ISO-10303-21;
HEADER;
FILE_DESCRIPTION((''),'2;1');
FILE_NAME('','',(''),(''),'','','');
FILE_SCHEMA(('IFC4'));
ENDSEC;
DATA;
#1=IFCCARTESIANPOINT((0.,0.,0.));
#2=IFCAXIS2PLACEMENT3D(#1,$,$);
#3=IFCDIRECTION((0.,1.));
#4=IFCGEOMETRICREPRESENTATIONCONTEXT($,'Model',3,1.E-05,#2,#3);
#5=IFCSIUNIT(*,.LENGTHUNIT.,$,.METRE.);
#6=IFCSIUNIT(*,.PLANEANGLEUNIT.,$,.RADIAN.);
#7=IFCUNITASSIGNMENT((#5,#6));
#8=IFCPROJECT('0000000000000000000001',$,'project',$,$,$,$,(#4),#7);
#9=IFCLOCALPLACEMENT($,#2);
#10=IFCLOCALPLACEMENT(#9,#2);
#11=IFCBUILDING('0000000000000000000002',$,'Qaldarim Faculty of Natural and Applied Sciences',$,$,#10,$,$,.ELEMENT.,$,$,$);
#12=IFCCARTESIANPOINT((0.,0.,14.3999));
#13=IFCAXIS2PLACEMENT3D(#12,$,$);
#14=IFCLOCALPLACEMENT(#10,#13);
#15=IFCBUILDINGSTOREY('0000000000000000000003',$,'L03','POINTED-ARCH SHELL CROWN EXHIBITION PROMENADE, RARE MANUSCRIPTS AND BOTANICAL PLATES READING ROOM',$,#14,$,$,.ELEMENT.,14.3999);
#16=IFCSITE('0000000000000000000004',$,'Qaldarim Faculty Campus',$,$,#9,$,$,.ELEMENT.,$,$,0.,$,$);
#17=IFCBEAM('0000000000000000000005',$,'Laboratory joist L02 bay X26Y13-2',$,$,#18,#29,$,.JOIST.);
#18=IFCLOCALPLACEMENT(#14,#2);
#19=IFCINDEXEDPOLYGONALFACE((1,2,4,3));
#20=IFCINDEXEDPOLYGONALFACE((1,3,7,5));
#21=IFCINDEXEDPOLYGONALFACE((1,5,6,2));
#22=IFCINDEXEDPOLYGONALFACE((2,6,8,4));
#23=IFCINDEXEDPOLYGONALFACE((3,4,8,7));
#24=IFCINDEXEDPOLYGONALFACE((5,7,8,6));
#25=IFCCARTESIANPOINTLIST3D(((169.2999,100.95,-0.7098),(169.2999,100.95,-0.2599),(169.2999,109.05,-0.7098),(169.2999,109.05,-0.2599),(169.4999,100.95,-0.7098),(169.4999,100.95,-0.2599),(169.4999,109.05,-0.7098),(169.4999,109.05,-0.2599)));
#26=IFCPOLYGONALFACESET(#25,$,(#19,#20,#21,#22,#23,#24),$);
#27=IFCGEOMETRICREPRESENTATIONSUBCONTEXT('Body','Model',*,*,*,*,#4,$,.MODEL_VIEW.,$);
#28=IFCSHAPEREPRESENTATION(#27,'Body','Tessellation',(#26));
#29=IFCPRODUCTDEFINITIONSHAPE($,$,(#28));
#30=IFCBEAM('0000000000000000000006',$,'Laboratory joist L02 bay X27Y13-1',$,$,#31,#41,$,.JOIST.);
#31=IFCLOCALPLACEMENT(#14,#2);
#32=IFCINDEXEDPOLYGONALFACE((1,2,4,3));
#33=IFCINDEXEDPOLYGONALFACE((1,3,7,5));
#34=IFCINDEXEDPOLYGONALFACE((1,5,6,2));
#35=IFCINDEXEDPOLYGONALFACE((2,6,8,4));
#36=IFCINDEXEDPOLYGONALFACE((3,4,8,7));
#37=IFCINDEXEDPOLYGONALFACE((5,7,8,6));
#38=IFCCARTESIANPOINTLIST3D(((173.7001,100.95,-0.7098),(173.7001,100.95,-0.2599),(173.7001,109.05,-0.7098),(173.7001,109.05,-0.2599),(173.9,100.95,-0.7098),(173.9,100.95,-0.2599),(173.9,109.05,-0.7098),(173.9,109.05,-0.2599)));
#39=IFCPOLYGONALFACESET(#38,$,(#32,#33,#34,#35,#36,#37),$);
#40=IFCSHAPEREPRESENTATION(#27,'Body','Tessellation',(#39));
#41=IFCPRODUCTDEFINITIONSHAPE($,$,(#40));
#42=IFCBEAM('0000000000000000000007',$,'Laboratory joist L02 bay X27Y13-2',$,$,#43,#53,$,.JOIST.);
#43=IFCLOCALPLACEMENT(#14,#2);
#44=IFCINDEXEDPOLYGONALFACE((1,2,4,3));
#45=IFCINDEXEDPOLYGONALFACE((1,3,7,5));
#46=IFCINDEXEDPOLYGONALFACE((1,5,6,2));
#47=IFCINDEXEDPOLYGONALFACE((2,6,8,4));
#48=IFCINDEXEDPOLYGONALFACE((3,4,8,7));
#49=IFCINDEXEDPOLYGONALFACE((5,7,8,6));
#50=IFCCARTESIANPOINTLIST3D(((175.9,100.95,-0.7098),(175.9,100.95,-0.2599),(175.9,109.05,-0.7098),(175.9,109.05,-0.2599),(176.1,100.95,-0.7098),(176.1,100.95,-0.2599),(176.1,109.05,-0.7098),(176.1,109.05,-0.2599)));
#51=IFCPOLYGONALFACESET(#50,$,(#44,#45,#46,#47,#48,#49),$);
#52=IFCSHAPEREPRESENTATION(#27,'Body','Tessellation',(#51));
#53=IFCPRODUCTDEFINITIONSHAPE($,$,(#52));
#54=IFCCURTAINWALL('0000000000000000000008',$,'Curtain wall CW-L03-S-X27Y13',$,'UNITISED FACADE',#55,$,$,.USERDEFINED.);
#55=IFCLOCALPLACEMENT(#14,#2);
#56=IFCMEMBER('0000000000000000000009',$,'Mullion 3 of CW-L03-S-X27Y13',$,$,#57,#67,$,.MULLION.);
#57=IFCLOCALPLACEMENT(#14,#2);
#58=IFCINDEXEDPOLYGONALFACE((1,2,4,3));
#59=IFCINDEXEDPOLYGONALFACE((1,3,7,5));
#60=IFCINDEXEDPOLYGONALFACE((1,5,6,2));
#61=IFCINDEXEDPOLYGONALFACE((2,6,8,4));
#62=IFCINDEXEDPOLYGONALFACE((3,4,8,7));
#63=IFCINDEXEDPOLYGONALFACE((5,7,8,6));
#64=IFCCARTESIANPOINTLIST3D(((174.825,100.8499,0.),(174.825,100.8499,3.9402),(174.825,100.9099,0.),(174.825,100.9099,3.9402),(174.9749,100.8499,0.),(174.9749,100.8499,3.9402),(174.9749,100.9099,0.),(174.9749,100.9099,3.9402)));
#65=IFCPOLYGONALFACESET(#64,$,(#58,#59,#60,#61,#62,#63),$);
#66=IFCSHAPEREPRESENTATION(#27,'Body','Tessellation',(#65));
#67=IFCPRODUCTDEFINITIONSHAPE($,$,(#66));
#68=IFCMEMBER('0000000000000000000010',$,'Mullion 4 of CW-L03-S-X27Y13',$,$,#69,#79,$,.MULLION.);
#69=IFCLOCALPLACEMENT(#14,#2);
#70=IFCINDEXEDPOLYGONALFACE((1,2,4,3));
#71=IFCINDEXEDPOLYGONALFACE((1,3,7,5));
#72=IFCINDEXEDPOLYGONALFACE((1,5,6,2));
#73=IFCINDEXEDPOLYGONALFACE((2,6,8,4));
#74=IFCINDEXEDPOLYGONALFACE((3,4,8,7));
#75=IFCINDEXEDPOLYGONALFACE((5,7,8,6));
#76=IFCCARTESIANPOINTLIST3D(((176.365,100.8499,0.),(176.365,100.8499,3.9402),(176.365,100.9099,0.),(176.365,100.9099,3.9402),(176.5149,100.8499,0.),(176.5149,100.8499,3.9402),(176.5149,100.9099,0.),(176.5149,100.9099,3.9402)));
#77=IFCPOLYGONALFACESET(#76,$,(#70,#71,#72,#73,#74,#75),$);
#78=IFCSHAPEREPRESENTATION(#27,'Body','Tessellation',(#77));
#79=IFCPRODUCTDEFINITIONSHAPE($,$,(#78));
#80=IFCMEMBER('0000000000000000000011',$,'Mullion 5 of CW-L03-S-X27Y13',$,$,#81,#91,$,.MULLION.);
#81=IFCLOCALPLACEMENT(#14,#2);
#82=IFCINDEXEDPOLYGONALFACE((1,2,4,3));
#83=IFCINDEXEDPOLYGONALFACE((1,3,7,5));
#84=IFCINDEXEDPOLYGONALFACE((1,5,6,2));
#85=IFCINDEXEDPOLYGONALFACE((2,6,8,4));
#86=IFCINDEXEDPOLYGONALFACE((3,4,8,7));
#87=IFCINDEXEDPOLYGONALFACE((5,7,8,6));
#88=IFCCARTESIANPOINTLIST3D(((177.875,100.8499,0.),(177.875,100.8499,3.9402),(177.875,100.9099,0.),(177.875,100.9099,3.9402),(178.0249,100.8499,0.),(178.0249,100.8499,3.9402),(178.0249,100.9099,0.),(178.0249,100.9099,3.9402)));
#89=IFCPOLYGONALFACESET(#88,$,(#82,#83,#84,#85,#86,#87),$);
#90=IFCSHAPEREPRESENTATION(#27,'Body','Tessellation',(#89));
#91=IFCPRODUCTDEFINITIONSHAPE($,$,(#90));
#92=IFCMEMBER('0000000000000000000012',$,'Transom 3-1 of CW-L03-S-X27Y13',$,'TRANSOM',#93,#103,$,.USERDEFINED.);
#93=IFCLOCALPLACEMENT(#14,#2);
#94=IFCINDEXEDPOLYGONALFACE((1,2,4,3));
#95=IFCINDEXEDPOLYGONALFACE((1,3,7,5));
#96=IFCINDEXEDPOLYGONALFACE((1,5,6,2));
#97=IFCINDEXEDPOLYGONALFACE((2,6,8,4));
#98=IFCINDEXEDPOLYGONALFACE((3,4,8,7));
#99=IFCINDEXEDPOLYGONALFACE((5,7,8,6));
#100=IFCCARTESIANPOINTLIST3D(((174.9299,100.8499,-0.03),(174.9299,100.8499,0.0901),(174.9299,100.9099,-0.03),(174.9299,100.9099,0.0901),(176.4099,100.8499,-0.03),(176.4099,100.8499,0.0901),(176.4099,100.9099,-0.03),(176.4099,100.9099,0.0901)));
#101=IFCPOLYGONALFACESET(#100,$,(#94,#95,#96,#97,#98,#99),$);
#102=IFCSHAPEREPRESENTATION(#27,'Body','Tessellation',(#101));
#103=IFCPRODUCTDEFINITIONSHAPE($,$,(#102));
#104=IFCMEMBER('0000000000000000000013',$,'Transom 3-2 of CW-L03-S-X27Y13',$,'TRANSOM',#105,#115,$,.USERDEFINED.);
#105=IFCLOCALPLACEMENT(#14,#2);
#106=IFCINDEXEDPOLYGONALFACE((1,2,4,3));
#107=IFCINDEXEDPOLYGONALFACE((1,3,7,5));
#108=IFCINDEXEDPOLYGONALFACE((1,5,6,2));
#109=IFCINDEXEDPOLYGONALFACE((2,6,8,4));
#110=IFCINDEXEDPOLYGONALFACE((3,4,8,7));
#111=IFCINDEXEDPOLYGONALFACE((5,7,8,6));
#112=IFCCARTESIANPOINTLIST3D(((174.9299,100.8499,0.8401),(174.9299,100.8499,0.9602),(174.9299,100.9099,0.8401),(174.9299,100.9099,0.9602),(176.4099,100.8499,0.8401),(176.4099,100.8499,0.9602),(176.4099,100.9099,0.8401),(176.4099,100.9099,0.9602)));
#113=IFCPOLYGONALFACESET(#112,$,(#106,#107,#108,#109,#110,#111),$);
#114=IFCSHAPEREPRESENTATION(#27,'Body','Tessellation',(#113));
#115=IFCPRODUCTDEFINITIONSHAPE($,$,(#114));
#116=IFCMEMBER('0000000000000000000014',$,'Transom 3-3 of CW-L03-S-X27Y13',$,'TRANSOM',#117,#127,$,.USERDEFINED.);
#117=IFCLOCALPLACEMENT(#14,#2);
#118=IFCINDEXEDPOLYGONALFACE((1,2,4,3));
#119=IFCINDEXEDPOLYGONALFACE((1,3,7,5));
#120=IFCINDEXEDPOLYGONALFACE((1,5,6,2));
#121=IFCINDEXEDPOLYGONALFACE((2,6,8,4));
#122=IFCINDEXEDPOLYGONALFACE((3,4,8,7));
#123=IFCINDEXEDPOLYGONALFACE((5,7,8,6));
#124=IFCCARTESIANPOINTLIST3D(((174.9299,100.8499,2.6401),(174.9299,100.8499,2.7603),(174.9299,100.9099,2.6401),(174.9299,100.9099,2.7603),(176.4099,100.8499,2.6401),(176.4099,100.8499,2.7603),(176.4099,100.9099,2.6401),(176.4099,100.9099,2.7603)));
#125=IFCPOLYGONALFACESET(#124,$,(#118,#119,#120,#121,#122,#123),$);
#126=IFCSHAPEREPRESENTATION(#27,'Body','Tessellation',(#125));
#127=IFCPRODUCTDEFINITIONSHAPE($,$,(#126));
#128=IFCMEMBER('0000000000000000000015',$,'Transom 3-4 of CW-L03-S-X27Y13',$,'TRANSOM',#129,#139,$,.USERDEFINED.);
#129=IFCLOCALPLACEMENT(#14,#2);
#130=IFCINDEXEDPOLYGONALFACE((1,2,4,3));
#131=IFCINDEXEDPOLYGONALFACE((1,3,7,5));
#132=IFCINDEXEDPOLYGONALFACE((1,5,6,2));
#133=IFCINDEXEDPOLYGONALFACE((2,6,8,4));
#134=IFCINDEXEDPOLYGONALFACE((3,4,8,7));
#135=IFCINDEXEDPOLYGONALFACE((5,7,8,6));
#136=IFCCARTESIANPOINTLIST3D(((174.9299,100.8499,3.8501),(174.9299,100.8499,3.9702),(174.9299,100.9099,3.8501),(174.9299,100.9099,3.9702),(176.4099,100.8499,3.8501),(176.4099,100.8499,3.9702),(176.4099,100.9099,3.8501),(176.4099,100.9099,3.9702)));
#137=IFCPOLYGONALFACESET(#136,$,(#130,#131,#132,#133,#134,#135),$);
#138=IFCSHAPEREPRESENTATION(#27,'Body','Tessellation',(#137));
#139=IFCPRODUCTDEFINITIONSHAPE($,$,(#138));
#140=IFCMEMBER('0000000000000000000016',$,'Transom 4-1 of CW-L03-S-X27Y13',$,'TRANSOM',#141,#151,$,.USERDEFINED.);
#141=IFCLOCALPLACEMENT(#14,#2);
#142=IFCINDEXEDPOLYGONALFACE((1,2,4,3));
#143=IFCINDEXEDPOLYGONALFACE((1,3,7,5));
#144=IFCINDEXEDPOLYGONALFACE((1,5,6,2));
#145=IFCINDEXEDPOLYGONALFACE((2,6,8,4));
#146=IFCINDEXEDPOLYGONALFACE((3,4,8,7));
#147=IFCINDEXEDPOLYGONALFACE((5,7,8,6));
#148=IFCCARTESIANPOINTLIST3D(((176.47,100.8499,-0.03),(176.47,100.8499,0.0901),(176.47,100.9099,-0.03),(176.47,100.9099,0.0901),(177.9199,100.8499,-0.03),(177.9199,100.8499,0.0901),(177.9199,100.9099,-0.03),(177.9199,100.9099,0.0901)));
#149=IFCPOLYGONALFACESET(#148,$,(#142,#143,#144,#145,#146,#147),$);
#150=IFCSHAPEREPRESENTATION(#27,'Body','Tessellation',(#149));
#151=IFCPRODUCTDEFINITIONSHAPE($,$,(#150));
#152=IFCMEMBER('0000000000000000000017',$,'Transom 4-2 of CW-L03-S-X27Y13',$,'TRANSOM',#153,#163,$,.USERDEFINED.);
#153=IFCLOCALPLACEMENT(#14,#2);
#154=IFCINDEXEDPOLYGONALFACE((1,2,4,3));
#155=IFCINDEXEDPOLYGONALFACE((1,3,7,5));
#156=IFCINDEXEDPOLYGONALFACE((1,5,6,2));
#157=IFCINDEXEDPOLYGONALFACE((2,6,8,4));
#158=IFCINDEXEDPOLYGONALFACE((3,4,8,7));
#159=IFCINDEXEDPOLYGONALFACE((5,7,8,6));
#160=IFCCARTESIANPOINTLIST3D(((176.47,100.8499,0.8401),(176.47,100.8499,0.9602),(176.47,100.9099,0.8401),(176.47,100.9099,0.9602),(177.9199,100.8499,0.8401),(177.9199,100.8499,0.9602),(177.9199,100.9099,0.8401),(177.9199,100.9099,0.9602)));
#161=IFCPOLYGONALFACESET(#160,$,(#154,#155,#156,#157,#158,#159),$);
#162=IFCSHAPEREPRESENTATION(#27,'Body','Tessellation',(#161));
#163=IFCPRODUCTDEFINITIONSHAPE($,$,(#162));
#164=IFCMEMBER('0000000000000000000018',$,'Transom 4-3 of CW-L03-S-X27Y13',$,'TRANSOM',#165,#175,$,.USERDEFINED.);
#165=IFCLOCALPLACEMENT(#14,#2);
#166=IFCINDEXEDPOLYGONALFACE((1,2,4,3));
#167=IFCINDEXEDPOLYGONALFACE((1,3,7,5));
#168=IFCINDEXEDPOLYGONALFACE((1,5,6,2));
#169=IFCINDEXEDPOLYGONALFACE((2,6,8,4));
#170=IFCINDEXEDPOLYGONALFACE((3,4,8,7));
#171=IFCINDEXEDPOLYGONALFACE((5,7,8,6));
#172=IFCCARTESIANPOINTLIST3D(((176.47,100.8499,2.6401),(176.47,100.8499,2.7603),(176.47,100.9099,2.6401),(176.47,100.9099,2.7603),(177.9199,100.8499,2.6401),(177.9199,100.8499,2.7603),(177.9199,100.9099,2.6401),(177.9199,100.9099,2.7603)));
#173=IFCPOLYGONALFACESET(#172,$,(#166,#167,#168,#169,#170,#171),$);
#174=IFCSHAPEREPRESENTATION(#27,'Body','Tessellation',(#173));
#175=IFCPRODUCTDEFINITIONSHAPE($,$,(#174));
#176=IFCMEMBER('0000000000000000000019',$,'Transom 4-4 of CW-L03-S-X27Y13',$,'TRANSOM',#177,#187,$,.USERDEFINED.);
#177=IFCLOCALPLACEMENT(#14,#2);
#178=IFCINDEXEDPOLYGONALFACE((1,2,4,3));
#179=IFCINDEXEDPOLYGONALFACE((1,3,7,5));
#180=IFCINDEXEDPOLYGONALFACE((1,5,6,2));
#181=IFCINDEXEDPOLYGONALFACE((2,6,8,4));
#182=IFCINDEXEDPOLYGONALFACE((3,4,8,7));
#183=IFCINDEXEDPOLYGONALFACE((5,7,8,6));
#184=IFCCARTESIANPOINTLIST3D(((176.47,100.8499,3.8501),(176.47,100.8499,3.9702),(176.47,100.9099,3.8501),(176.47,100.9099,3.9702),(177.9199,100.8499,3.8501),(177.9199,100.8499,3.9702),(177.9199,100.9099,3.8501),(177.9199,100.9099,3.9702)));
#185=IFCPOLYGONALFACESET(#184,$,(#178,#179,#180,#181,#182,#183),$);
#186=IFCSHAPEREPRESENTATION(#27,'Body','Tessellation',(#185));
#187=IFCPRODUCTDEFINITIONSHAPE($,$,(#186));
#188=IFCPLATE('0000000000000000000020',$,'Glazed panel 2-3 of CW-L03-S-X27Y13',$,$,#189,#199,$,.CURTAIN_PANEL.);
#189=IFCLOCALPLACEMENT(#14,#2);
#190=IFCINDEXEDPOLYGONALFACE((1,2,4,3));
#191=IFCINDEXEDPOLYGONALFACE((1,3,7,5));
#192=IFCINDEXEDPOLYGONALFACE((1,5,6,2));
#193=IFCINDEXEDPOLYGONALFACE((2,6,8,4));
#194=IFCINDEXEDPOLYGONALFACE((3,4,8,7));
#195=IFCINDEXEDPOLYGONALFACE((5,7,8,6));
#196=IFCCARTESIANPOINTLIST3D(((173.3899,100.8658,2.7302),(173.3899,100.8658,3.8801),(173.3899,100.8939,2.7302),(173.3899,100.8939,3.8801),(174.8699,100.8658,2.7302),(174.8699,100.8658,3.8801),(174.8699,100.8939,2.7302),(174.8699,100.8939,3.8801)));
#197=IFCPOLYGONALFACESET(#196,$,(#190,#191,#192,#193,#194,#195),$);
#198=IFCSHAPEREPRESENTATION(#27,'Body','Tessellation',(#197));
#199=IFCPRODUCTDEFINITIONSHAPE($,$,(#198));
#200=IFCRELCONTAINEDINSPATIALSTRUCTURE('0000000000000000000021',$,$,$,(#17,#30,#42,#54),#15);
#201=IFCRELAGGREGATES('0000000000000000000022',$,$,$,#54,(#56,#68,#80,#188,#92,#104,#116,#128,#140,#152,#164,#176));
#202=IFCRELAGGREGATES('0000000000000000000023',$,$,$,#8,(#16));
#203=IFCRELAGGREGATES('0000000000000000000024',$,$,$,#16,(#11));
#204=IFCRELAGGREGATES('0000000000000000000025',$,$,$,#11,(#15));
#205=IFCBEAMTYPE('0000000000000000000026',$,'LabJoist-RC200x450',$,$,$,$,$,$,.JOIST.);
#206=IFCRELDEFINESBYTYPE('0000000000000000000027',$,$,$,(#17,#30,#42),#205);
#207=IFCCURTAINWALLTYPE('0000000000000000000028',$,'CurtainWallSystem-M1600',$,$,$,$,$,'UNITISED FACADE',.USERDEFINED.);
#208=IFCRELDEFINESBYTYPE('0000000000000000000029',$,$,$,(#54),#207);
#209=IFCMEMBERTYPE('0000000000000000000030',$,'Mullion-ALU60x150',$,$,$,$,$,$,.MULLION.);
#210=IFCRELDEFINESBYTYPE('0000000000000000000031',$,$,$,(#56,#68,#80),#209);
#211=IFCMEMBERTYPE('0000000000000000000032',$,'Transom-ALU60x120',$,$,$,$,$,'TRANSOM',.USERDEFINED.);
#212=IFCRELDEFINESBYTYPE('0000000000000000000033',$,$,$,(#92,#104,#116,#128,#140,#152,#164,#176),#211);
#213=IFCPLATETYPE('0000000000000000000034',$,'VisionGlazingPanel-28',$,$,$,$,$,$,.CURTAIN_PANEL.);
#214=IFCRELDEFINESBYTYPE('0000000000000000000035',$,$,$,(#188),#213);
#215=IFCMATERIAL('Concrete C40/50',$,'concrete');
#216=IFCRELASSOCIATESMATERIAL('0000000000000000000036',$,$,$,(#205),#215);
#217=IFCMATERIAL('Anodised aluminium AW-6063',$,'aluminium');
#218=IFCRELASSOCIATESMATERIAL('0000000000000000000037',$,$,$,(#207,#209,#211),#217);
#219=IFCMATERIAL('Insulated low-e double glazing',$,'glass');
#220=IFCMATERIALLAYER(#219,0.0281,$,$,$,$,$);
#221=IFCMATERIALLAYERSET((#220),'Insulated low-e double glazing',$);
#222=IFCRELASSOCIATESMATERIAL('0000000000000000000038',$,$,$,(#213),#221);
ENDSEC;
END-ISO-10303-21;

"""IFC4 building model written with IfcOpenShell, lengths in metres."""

from ifc_helpers import new_model, si_unit, direction, frame, origin, origin_2d, place, context, subcontext, project, spatial, rectangle, extrude, material, layer, layer_set, material_profile, profile_set, type_object, element, aggregate, save


model = new_model("IFC4")

# Units and contexts
model_context = context("Model", 3, precision=1e-05, world=origin(), true_north=direction((0.0, 1.0)))
body_context = subcontext(model_context, "Body", "Model", "MODEL_VIEW")
ifc_project = project(units=[si_unit("LENGTHUNIT", "METRE"), si_unit("PLANEANGLEUNIT", "RADIAN")], contexts=[model_context])

# Site, building, storey
site_placement = place(None, origin())
site = spatial("IfcSite", under=ifc_project, at=site_placement, Name="Qaldarim Faculty Campus", CompositionType="ELEMENT", RefElevation=0.0)
building_placement = place(site_placement, origin())
building = spatial("IfcBuilding", under=site, at=building_placement, Name="Qaldarim Faculty of Natural and Applied Sciences", CompositionType="ELEMENT")
storey_placement = place(building_placement, frame((0.0, 0.0, 14.3999)))
storey = spatial("IfcBuildingStorey", under=building, at=storey_placement, Name="L03", Description="POINTED-ARCH SHELL CROWN EXHIBITION PROMENADE, RARE MANUSCRIPTS AND BOTANICAL PLATES READING ROOM", CompositionType="ELEMENT", Elevation=14.3999)

# Beams
ifc_material_1 = material(Name="Concrete C40/50", Category="concrete")
ifc_material_profile_1 = material_profile(ifc_material_1, rectangle(XDim=0.2, YDim=0.45, at=origin_2d()), Name="RC-J200x450")
ifc_profile_set_1 = profile_set([ifc_material_profile_1], Name="Concrete C40/50")
beam_type = type_object("IfcBeamType", Name="LabJoist-RC200x450", PredefinedType="JOIST", material=ifc_profile_set_1)
for number, where, z_axis, x_axis, name in (
    (1, (169.3999, 100.95, -0.4849), (0.0, 1.0, 0.0), (-1.0, 0.0, 0.0), "Laboratory joist L02 bay X26Y13-2"),
    (2, (173.8, 100.95, -0.4849), (0.0, 1.0, 0.0), (-1.0, 0.0, 0.0), "Laboratory joist L02 bay X27Y13-1"),
    (3, (176.0, 100.95, -0.4849), (0.0, 1.0, 0.0), (-1.0, 0.0, 0.0), "Laboratory joist L02 bay X27Y13-2"),
):
    element("IfcBeam", number, at=place(storey_placement, frame(where, z_axis=z_axis, x_axis=x_axis)), inside=storey, type_object=beam_type, Name=name, PredefinedType="JOIST", context=body_context, shape_type="SweptSolid", body=[
        extrude(rectangle(XDim=0.2, YDim=0.45, at=origin_2d()), origin(), (0.0, 0.0, 1.0), 8.1001),
    ])

# Curtain wall, members, plate
ifc_material_2 = material(Name="Anodised aluminium AW-6063", Category="aluminium")
curtain_wall_type = type_object("IfcCurtainWallType", Name="CurtainWallSystem-M1600", ElementType="UNITISED FACADE", PredefinedType="USERDEFINED", material=ifc_material_2)
curtain_wall_placement = place(storey_placement, origin())
curtain_wall = element("IfcCurtainWall", 4, at=curtain_wall_placement, inside=storey, type_object=curtain_wall_type, Name="Curtain wall CW-L03-S-X27Y13", ObjectType="UNITISED FACADE", PredefinedType="USERDEFINED")
ifc_material_profile_2 = material_profile(ifc_material_2, rectangle(XDim=0.0601, YDim=0.1499, at=origin_2d()), Name="ALU-M60x150")
ifc_profile_set_2 = profile_set([ifc_material_profile_2], Name="Anodised aluminium AW-6063")
member_type_1 = type_object("IfcMemberType", Name="Mullion-ALU60x150", PredefinedType="MULLION", material=ifc_profile_set_2)
member_1_placement = place(storey_placement, frame((174.8999, 100.8799, 0.0), z_axis=(0.0, 0.0, 1.0), x_axis=(0.0, 1.0, 0.0)))
member_1 = element("IfcMember", 5, at=member_1_placement, type_object=member_type_1, Name="Mullion 3 of CW-L03-S-X27Y13", PredefinedType="MULLION", context=body_context, shape_type="SweptSolid", body=[
    extrude(rectangle(XDim=0.0601, YDim=0.1499, at=origin_2d()), origin(), (0.0, 0.0, 1.0), 3.9402),
])
member_2_placement = place(storey_placement, frame((176.4399, 100.8799, 0.0), z_axis=(0.0, 0.0, 1.0), x_axis=(0.0, 1.0, 0.0)))
member_2 = element("IfcMember", 6, at=member_2_placement, type_object=member_type_1, Name="Mullion 4 of CW-L03-S-X27Y13", PredefinedType="MULLION", context=body_context, shape_type="SweptSolid", body=[
    extrude(rectangle(XDim=0.0601, YDim=0.1499, at=origin_2d()), origin(), (0.0, 0.0, 1.0), 3.9402),
])
member_3_placement = place(storey_placement, frame((177.95, 100.8799, 0.0), z_axis=(0.0, 0.0, 1.0), x_axis=(0.0, 1.0, 0.0)))
member_3 = element("IfcMember", 7, at=member_3_placement, type_object=member_type_1, Name="Mullion 5 of CW-L03-S-X27Y13", PredefinedType="MULLION", context=body_context, shape_type="SweptSolid", body=[
    extrude(rectangle(XDim=0.0601, YDim=0.1499, at=origin_2d()), origin(), (0.0, 0.0, 1.0), 3.9402),
])
ifc_material_profile_3 = material_profile(ifc_material_2, rectangle(XDim=0.0601, YDim=0.1201, at=origin_2d()), Name="ALU-T60x120")
ifc_profile_set_3 = profile_set([ifc_material_profile_3], Name="Anodised aluminium AW-6063")
member_type_2 = type_object("IfcMemberType", Name="Transom-ALU60x120", ElementType="TRANSOM", PredefinedType="USERDEFINED", material=ifc_profile_set_3)
member_4_placement = place(storey_placement, frame((174.9299, 100.8799, 0.03), z_axis=(1.0, 0.0, 0.0), x_axis=(0.0, 1.0, 0.0)))
member_4 = element("IfcMember", 8, at=member_4_placement, type_object=member_type_2, Name="Transom 3-1 of CW-L03-S-X27Y13", ObjectType="TRANSOM", PredefinedType="USERDEFINED", context=body_context, shape_type="SweptSolid", body=[
    extrude(rectangle(XDim=0.0601, YDim=0.1201, at=origin_2d()), origin(), (0.0, 0.0, 1.0), 1.48),
])
member_5_placement = place(storey_placement, frame((174.9299, 100.8799, 0.9001), z_axis=(1.0, 0.0, 0.0), x_axis=(0.0, 1.0, 0.0)))
member_5 = element("IfcMember", 9, at=member_5_placement, type_object=member_type_2, Name="Transom 3-2 of CW-L03-S-X27Y13", ObjectType="TRANSOM", PredefinedType="USERDEFINED", context=body_context, shape_type="SweptSolid", body=[
    extrude(rectangle(XDim=0.0601, YDim=0.1201, at=origin_2d()), origin(), (0.0, 0.0, 1.0), 1.48),
])
member_6_placement = place(storey_placement, frame((174.9299, 100.8799, 2.7002), z_axis=(1.0, 0.0, 0.0), x_axis=(0.0, 1.0, 0.0)))
member_6 = element("IfcMember", 10, at=member_6_placement, type_object=member_type_2, Name="Transom 3-3 of CW-L03-S-X27Y13", ObjectType="TRANSOM", PredefinedType="USERDEFINED", context=body_context, shape_type="SweptSolid", body=[
    extrude(rectangle(XDim=0.0601, YDim=0.1201, at=origin_2d()), origin(), (0.0, 0.0, 1.0), 1.48),
])
member_7_placement = place(storey_placement, frame((174.9299, 100.8799, 3.9102), z_axis=(1.0, 0.0, 0.0), x_axis=(0.0, 1.0, 0.0)))
member_7 = element("IfcMember", 11, at=member_7_placement, type_object=member_type_2, Name="Transom 3-4 of CW-L03-S-X27Y13", ObjectType="TRANSOM", PredefinedType="USERDEFINED", context=body_context, shape_type="SweptSolid", body=[
    extrude(rectangle(XDim=0.0601, YDim=0.1201, at=origin_2d()), origin(), (0.0, 0.0, 1.0), 1.48),
])
member_8_placement = place(storey_placement, frame((176.47, 100.8799, 0.03), z_axis=(1.0, 0.0, 0.0), x_axis=(0.0, 1.0, 0.0)))
member_8 = element("IfcMember", 12, at=member_8_placement, type_object=member_type_2, Name="Transom 4-1 of CW-L03-S-X27Y13", ObjectType="TRANSOM", PredefinedType="USERDEFINED", context=body_context, shape_type="SweptSolid", body=[
    extrude(rectangle(XDim=0.0601, YDim=0.1201, at=origin_2d()), origin(), (0.0, 0.0, 1.0), 1.45),
])
member_9_placement = place(storey_placement, frame((176.47, 100.8799, 0.9001), z_axis=(1.0, 0.0, 0.0), x_axis=(0.0, 1.0, 0.0)))
member_9 = element("IfcMember", 13, at=member_9_placement, type_object=member_type_2, Name="Transom 4-2 of CW-L03-S-X27Y13", ObjectType="TRANSOM", PredefinedType="USERDEFINED", context=body_context, shape_type="SweptSolid", body=[
    extrude(rectangle(XDim=0.0601, YDim=0.1201, at=origin_2d()), origin(), (0.0, 0.0, 1.0), 1.45),
])
member_10_placement = place(storey_placement, frame((176.47, 100.8799, 2.7002), z_axis=(1.0, 0.0, 0.0), x_axis=(0.0, 1.0, 0.0)))
member_10 = element("IfcMember", 14, at=member_10_placement, type_object=member_type_2, Name="Transom 4-3 of CW-L03-S-X27Y13", ObjectType="TRANSOM", PredefinedType="USERDEFINED", context=body_context, shape_type="SweptSolid", body=[
    extrude(rectangle(XDim=0.0601, YDim=0.1201, at=origin_2d()), origin(), (0.0, 0.0, 1.0), 1.45),
])
member_11_placement = place(storey_placement, frame((176.47, 100.8799, 3.9102), z_axis=(1.0, 0.0, 0.0), x_axis=(0.0, 1.0, 0.0)))
member_11 = element("IfcMember", 15, at=member_11_placement, type_object=member_type_2, Name="Transom 4-4 of CW-L03-S-X27Y13", ObjectType="TRANSOM", PredefinedType="USERDEFINED", context=body_context, shape_type="SweptSolid", body=[
    extrude(rectangle(XDim=0.0601, YDim=0.1201, at=origin_2d()), origin(), (0.0, 0.0, 1.0), 1.45),
])
ifc_material_3 = material(Name="Insulated low-e double glazing", Category="glass")
ifc_layer_1 = layer(ifc_material_3, 0.0281)
ifc_layer_set_1 = layer_set([ifc_layer_1], Name="Insulated low-e double glazing")
plate_type = type_object("IfcPlateType", Name="VisionGlazingPanel-28", PredefinedType="CURTAIN_PANEL", material=ifc_layer_set_1)
plate_1_placement = place(storey_placement, frame((174.1299, 100.8799, 2.7302), z_axis=(0.0, 0.0, 1.0), x_axis=(1.0, 0.0, 0.0)))
plate_1 = element("IfcPlate", 16, at=plate_1_placement, type_object=plate_type, Name="Glazed panel 2-3 of CW-L03-S-X27Y13", PredefinedType="CURTAIN_PANEL", context=body_context, shape_type="SweptSolid", body=[
    extrude(rectangle(XDim=1.48, YDim=0.0281, at=origin_2d()), origin(), (0.0, 0.0, 1.0), 1.1499),
])
aggregate(curtain_wall, [member_1, member_2, member_3, plate_1, member_4, member_5, member_6, member_7, member_8, member_9, member_10, member_11])

save(model, "model.ifc")
